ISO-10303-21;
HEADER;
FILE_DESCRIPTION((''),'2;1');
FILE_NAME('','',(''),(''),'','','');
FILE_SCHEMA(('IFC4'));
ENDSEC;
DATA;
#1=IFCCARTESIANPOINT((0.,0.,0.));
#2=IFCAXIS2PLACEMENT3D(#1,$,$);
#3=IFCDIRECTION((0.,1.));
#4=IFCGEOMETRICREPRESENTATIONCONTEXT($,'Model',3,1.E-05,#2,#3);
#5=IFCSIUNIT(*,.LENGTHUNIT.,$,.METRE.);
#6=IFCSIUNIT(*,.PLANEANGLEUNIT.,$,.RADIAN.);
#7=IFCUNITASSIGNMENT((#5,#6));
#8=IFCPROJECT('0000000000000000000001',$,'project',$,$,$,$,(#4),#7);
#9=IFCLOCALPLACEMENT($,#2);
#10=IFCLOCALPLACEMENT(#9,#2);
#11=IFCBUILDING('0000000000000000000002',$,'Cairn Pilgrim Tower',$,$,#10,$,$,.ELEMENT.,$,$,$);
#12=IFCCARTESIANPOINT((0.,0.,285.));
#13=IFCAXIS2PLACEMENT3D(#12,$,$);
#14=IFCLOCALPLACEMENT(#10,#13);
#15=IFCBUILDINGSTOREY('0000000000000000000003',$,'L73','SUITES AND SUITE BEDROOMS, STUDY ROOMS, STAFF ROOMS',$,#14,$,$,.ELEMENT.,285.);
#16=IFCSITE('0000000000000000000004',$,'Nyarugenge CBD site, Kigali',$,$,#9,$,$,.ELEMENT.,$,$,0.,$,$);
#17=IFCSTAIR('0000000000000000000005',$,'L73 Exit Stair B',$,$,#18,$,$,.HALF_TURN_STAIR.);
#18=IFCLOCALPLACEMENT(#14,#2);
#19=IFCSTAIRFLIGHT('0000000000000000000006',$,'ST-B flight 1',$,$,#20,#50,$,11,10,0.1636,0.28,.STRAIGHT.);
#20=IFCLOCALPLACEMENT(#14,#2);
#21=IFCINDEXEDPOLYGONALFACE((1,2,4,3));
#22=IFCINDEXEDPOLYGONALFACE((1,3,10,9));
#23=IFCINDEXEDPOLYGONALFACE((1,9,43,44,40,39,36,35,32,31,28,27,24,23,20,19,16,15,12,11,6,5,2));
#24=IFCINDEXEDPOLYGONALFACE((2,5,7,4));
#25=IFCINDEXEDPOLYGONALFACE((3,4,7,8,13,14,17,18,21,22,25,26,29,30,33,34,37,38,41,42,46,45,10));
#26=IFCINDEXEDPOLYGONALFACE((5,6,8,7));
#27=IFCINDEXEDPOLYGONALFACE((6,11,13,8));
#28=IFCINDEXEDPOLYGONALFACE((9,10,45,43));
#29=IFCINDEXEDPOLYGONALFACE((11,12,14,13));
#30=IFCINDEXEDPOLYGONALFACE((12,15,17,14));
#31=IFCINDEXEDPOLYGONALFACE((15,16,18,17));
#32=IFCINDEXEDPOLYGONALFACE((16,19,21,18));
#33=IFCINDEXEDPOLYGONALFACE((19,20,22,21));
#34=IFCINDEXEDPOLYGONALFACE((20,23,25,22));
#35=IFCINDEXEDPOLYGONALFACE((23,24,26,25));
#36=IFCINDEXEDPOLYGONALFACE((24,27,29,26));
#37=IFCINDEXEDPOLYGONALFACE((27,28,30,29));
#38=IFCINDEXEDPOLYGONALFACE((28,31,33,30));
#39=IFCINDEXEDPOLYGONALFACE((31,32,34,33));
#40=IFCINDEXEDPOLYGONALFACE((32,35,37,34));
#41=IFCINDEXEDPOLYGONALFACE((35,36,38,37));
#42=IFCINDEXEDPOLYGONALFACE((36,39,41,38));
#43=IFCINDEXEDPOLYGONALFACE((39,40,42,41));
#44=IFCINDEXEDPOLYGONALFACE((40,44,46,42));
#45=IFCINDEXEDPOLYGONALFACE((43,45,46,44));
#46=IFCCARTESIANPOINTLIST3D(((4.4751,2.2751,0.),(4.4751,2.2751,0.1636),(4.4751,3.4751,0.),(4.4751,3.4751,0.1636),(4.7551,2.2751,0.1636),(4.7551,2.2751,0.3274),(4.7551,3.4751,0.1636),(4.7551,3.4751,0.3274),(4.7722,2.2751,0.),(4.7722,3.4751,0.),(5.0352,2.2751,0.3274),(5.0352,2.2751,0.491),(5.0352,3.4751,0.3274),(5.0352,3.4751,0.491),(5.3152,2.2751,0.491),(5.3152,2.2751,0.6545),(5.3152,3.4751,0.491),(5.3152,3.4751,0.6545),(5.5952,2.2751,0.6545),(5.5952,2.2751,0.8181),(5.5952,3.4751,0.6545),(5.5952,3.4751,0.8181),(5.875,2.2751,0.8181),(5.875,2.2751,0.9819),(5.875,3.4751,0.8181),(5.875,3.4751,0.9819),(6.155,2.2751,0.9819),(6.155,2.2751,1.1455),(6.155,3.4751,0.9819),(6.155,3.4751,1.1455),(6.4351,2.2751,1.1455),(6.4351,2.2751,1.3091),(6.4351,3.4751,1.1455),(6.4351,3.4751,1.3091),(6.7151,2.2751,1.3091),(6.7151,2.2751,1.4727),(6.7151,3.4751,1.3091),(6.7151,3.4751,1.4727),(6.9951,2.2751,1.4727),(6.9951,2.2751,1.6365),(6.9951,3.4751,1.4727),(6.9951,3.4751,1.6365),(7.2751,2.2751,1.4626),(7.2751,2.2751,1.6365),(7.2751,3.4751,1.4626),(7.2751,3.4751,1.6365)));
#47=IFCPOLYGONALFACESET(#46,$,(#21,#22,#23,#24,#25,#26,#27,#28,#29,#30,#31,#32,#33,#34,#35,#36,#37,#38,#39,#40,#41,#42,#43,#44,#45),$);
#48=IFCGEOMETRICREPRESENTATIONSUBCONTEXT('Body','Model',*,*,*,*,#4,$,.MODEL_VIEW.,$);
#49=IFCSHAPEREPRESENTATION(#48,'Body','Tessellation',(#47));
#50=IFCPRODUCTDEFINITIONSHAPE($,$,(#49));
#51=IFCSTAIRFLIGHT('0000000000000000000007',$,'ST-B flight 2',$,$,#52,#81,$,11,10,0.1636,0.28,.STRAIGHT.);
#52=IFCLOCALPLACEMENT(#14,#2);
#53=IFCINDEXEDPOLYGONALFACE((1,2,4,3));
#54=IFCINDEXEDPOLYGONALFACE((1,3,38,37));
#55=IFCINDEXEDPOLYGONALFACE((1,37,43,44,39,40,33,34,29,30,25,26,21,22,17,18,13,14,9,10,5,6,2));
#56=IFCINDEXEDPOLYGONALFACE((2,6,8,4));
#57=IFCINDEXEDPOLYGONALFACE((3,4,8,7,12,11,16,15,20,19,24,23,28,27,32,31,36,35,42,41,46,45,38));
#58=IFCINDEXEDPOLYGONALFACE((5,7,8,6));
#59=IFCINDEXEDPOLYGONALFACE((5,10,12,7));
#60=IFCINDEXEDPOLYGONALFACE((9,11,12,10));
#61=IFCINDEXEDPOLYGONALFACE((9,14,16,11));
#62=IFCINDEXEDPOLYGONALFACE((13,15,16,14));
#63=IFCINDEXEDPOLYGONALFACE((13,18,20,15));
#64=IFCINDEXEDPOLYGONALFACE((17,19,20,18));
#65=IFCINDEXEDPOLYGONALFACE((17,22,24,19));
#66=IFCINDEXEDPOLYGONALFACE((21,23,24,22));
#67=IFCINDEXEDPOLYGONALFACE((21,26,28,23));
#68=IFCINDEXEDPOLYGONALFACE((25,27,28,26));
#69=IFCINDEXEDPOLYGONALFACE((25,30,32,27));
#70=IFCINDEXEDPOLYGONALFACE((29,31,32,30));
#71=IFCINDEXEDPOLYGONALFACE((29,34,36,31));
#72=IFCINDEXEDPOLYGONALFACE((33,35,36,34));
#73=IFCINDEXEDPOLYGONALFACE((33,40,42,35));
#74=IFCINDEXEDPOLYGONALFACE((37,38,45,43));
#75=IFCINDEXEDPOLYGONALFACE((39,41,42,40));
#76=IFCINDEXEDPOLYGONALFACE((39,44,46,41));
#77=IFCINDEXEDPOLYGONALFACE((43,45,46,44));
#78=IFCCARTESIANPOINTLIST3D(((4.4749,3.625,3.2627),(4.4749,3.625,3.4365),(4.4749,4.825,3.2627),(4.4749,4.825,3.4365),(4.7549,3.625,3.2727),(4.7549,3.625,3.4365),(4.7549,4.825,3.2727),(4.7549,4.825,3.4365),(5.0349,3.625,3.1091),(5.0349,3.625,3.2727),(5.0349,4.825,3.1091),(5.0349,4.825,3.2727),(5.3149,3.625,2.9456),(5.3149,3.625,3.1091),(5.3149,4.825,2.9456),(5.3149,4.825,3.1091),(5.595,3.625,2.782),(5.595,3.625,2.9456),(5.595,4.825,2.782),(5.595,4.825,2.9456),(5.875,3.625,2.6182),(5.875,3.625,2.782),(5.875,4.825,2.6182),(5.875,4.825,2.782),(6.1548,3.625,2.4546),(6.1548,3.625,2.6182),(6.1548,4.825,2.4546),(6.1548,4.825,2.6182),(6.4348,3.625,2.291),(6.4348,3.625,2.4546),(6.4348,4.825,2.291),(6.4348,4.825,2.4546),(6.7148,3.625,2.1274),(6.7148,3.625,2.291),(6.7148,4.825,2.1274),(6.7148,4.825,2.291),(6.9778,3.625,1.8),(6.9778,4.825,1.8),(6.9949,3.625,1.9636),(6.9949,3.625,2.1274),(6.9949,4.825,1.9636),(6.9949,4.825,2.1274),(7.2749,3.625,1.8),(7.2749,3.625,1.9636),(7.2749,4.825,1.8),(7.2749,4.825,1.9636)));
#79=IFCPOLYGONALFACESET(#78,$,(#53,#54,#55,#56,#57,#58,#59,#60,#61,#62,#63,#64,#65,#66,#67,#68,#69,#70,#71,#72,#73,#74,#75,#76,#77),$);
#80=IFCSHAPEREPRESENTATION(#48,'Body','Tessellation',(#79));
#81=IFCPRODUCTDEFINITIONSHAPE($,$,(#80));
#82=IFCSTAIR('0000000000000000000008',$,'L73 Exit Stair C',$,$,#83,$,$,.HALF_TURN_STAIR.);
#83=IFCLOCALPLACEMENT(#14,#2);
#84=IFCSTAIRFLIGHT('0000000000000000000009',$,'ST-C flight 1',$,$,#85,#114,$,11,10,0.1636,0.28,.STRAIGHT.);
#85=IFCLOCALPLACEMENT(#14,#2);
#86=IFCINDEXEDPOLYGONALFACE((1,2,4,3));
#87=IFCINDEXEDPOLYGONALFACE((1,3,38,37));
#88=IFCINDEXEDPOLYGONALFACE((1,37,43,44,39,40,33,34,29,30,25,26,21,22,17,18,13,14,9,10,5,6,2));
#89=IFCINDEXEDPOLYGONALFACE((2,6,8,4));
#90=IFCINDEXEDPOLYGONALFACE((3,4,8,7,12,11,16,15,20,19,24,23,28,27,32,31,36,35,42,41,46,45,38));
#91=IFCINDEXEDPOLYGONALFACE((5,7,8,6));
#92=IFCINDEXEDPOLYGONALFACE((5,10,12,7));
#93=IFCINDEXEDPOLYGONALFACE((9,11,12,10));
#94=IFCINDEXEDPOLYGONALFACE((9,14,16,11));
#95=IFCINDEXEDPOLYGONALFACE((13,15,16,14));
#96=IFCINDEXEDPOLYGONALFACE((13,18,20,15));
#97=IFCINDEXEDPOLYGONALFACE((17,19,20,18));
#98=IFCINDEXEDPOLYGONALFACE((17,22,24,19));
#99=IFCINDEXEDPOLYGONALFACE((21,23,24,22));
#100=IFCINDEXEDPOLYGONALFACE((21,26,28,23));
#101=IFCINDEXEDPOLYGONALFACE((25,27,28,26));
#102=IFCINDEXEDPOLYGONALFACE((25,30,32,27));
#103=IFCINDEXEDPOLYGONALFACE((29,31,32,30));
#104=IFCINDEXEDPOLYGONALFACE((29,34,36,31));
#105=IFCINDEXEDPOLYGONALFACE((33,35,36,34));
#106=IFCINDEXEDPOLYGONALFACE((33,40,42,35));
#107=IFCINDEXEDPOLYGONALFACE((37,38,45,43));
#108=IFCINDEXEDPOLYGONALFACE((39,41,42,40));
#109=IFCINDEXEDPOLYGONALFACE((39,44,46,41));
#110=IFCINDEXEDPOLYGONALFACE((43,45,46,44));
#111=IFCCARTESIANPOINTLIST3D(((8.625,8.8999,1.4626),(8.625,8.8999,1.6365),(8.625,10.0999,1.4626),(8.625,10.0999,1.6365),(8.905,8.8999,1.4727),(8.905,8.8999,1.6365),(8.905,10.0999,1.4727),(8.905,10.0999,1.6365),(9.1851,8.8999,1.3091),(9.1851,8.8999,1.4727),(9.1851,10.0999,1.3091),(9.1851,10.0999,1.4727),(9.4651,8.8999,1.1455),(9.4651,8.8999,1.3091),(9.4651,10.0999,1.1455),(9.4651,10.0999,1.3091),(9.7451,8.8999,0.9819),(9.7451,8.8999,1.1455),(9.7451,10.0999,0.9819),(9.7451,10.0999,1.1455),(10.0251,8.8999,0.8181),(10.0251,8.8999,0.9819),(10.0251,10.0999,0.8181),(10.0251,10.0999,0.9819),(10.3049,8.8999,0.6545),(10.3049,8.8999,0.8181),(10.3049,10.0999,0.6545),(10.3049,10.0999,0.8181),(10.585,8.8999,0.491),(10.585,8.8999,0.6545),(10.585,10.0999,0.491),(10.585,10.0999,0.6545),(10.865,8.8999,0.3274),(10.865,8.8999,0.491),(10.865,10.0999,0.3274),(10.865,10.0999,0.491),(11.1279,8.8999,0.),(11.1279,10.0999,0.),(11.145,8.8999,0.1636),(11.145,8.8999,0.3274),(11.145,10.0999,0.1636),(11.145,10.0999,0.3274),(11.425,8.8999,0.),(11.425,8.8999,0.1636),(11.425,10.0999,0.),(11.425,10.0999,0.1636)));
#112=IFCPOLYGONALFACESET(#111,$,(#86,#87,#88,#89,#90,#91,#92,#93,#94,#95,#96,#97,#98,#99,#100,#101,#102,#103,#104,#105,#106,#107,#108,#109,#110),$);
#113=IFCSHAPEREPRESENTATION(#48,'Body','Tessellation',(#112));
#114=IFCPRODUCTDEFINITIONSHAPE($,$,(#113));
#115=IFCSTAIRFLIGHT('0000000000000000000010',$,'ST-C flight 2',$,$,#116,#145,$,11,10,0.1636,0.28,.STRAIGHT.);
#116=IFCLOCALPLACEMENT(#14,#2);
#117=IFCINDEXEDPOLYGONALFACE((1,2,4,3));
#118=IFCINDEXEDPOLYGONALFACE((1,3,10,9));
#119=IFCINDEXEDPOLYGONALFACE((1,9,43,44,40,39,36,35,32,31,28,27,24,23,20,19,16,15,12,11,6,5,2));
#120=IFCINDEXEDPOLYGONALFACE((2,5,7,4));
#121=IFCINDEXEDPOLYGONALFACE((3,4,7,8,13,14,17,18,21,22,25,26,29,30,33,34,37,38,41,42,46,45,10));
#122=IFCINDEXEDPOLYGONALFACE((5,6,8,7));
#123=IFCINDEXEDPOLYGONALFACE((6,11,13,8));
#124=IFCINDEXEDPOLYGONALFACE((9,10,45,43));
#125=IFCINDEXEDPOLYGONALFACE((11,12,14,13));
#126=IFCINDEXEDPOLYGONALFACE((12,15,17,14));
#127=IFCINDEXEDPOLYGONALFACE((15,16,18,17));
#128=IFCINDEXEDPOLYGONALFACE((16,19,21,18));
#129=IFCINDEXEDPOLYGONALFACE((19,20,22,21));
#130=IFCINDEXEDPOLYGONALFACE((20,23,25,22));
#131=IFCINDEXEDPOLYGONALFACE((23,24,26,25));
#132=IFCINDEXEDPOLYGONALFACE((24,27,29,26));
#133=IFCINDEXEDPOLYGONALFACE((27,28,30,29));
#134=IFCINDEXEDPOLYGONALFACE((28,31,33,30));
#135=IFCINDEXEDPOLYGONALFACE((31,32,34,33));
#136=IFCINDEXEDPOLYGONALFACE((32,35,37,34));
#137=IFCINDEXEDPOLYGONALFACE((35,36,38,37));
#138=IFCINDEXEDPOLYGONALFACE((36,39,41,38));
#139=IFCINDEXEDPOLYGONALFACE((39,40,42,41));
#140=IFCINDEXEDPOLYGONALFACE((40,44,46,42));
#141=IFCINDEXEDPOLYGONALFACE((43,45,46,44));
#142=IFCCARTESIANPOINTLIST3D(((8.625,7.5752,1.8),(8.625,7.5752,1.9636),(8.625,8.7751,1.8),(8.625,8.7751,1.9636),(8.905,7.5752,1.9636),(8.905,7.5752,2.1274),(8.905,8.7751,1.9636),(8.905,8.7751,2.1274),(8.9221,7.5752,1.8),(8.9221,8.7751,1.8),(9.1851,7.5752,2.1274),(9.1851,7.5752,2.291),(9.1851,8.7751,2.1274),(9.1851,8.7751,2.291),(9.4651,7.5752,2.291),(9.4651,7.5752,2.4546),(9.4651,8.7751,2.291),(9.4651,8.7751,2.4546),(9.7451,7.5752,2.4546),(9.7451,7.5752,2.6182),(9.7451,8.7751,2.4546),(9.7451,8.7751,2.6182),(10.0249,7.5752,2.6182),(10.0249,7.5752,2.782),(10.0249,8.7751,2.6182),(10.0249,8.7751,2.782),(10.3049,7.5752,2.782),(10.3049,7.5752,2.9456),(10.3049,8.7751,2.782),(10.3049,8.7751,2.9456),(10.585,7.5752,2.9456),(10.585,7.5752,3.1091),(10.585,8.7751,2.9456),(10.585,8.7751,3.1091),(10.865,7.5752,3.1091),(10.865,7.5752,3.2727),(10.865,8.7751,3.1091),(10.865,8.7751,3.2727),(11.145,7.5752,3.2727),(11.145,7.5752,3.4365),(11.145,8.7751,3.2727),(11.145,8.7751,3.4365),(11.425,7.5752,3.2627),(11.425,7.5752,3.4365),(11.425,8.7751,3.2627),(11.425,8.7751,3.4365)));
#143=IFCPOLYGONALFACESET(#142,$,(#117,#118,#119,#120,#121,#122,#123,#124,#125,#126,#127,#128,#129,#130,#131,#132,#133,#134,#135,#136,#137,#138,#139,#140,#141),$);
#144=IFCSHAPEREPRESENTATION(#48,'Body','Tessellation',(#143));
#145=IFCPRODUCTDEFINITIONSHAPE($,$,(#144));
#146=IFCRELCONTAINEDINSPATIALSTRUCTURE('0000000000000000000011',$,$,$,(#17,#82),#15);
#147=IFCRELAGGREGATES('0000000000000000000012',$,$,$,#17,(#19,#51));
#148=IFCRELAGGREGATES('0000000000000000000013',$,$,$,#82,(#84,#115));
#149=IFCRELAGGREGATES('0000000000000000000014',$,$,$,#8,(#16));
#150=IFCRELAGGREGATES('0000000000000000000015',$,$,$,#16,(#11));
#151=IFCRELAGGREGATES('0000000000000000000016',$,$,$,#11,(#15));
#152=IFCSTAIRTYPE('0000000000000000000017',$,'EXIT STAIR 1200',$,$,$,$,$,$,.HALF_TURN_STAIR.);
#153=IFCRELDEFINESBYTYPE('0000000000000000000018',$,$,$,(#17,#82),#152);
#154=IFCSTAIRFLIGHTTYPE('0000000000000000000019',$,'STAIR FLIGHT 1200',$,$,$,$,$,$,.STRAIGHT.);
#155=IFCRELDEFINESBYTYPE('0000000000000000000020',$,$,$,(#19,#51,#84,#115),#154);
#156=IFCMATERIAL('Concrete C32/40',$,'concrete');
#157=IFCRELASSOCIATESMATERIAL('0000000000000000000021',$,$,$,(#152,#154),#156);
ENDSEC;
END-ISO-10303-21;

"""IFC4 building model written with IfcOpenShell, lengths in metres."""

from ifc_helpers import new_model, si_unit, direction, frame, origin, place, context, subcontext, project, spatial, polyline, outline, extrude, material, type_object, element, aggregate, save


model = new_model("IFC4")

# Units and contexts
model_context = context("Model", 3, precision=1e-05, world=origin(), true_north=direction((0.0, 1.0)))
body_context = subcontext(model_context, "Body", "Model", "MODEL_VIEW")
ifc_project = project(units=[si_unit("LENGTHUNIT", "METRE"), si_unit("PLANEANGLEUNIT", "RADIAN")], contexts=[model_context])

# Site, building, storey
site_placement = place(None, origin())
site = spatial("IfcSite", under=ifc_project, at=site_placement, Name="Nyarugenge CBD site, Kigali", CompositionType="ELEMENT", RefElevation=0.0)
building_placement = place(site_placement, origin())
building = spatial("IfcBuilding", under=site, at=building_placement, Name="Cairn Pilgrim Tower", CompositionType="ELEMENT")
storey_placement = place(building_placement, frame((0.0, 0.0, 285.0)))
storey = spatial("IfcBuildingStorey", under=building, at=storey_placement, Name="L73", Description="SUITES AND SUITE BEDROOMS, STUDY ROOMS, STAFF ROOMS", CompositionType="ELEMENT", Elevation=285.0)

# Shared definitions
ifc_material_1 = material(Name="Concrete C32/40", Category="concrete")

# Stairs, stair flights
stair_type = type_object("IfcStairType", Name="EXIT STAIR 1200", PredefinedType="HALF_TURN_STAIR", material=ifc_material_1)
stair_1_placement = place(storey_placement, origin())
stair_1 = element("IfcStair", 1, at=stair_1_placement, inside=storey, type_object=stair_type, Name="L73 Exit Stair B", PredefinedType="HALF_TURN_STAIR")
stair_flight_type = type_object("IfcStairFlightType", Name="STAIR FLIGHT 1200", PredefinedType="STRAIGHT", material=ifc_material_1)
stair_flight_1_placement = place(storey_placement, frame((4.4751, 2.875, 0.0), z_axis=(0.0, 0.0, 1.0), x_axis=(1.0, 0.0, 0.0)))
stair_flight_1 = element("IfcStairFlight", 2, at=stair_flight_1_placement, type_object=stair_flight_type, Name="ST-B flight 1", NumberOfRisers=11, NumberOfTreads=10, PredefinedType="STRAIGHT", RiserHeight=0.1636, TreadLength=0.28, context=body_context, shape_type="SweptSolid", body=[
    extrude(outline(polyline([(0.0, 0.0), (0.0, 0.1636), (0.28, 0.1636), (0.28, 0.3274), (0.5601, 0.3274), (0.5601, 0.491), (0.8401, 0.491), (0.8401, 0.6545), (1.1201, 0.6545), (1.1201, 0.8181), (1.3999, 0.8181), (1.3999, 0.9819), (1.6799, 0.9819), (1.6799, 1.1455), (1.96, 1.1455), (1.96, 1.3091), (2.24, 1.3091), (2.24, 1.4727), (2.52, 1.4727), (2.52, 1.6365), (2.8, 1.6365), (2.8, 1.8), (2.8, 1.4626), (0.2971, 0.0), (0.0, 0.0)])), frame((0.0, 0.6001, 0.0), z_axis=(0.0, -1.0, 0.0), x_axis=(1.0, 0.0, 0.0)), (0.0, 0.0, 1.0), 1.2),
])
stair_flight_2_placement = place(storey_placement, frame((7.2749, 4.2251, 1.8), z_axis=(0.0, 0.0, 1.0), x_axis=(-1.0, 0.0, 0.0)))
stair_flight_2 = element("IfcStairFlight", 3, at=stair_flight_2_placement, type_object=stair_flight_type, Name="ST-B flight 2", NumberOfRisers=11, NumberOfTreads=10, PredefinedType="STRAIGHT", RiserHeight=0.1636, TreadLength=0.28, context=body_context, shape_type="SweptSolid", body=[
    extrude(outline(polyline([(0.0, 0.0), (0.0, 0.1636), (0.28, 0.1636), (0.28, 0.3274), (0.5601, 0.3274), (0.5601, 0.491), (0.8401, 0.491), (0.8401, 0.6545), (1.1201, 0.6545), (1.1201, 0.8181), (1.3999, 0.8181), (1.3999, 0.9819), (1.6799, 0.9819), (1.6799, 1.1455), (1.96, 1.1455), (1.96, 1.3091), (2.24, 1.3091), (2.24, 1.4727), (2.52, 1.4727), (2.52, 1.6365), (2.8, 1.6365), (2.8, 1.8), (2.8, 1.4626), (0.2971, 0.0), (0.0, 0.0)])), frame((0.0, 0.6001, 0.0), z_axis=(0.0, -1.0, 0.0), x_axis=(1.0, 0.0, 0.0)), (0.0, 0.0, 1.0), 1.2),
])
aggregate(stair_1, [stair_flight_1, stair_flight_2])
stair_2_placement = place(storey_placement, origin())
stair_2 = element("IfcStair", 4, at=stair_2_placement, inside=storey, type_object=stair_type, Name="L73 Exit Stair C", PredefinedType="HALF_TURN_STAIR")
stair_flight_3_placement = place(storey_placement, frame((11.425, 9.5, 0.0), z_axis=(0.0, 0.0, 1.0), x_axis=(-1.0, 0.0, 0.0)))
stair_flight_3 = element("IfcStairFlight", 5, at=stair_flight_3_placement, type_object=stair_flight_type, Name="ST-C flight 1", NumberOfRisers=11, NumberOfTreads=10, PredefinedType="STRAIGHT", RiserHeight=0.1636, TreadLength=0.28, context=body_context, shape_type="SweptSolid", body=[
    extrude(outline(polyline([(0.0, 0.0), (0.0, 0.1636), (0.28, 0.1636), (0.28, 0.3274), (0.5601, 0.3274), (0.5601, 0.491), (0.8401, 0.491), (0.8401, 0.6545), (1.1201, 0.6545), (1.1201, 0.8181), (1.3999, 0.8181), (1.3999, 0.9819), (1.6799, 0.9819), (1.6799, 1.1455), (1.96, 1.1455), (1.96, 1.3091), (2.24, 1.3091), (2.24, 1.4727), (2.52, 1.4727), (2.52, 1.6365), (2.8, 1.6365), (2.8, 1.8), (2.8, 1.4626), (0.2971, 0.0), (0.0, 0.0)])), frame((0.0, 0.6001, 0.0), z_axis=(0.0, -1.0, 0.0), x_axis=(1.0, 0.0, 0.0)), (0.0, 0.0, 1.0), 1.2),
])
stair_flight_4_placement = place(storey_placement, frame((8.625, 8.175, 1.8), z_axis=(0.0, 0.0, 1.0), x_axis=(1.0, 0.0, 0.0)))
stair_flight_4 = element("IfcStairFlight", 6, at=stair_flight_4_placement, type_object=stair_flight_type, Name="ST-C flight 2", NumberOfRisers=11, NumberOfTreads=10, PredefinedType="STRAIGHT", RiserHeight=0.1636, TreadLength=0.28, context=body_context, shape_type="SweptSolid", body=[
    extrude(outline(polyline([(0.0, 0.0), (0.0, 0.1636), (0.28, 0.1636), (0.28, 0.3274), (0.5601, 0.3274), (0.5601, 0.491), (0.8401, 0.491), (0.8401, 0.6545), (1.1201, 0.6545), (1.1201, 0.8181), (1.3999, 0.8181), (1.3999, 0.9819), (1.6799, 0.9819), (1.6799, 1.1455), (1.96, 1.1455), (1.96, 1.3091), (2.24, 1.3091), (2.24, 1.4727), (2.52, 1.4727), (2.52, 1.6365), (2.8, 1.6365), (2.8, 1.8), (2.8, 1.4626), (0.2971, 0.0), (0.0, 0.0)])), frame((0.0, 0.6001, 0.0), z_axis=(0.0, -1.0, 0.0), x_axis=(1.0, 0.0, 0.0)), (0.0, 0.0, 1.0), 1.2),
])
aggregate(stair_2, [stair_flight_3, stair_flight_4])

save(model, "model.ifc")
